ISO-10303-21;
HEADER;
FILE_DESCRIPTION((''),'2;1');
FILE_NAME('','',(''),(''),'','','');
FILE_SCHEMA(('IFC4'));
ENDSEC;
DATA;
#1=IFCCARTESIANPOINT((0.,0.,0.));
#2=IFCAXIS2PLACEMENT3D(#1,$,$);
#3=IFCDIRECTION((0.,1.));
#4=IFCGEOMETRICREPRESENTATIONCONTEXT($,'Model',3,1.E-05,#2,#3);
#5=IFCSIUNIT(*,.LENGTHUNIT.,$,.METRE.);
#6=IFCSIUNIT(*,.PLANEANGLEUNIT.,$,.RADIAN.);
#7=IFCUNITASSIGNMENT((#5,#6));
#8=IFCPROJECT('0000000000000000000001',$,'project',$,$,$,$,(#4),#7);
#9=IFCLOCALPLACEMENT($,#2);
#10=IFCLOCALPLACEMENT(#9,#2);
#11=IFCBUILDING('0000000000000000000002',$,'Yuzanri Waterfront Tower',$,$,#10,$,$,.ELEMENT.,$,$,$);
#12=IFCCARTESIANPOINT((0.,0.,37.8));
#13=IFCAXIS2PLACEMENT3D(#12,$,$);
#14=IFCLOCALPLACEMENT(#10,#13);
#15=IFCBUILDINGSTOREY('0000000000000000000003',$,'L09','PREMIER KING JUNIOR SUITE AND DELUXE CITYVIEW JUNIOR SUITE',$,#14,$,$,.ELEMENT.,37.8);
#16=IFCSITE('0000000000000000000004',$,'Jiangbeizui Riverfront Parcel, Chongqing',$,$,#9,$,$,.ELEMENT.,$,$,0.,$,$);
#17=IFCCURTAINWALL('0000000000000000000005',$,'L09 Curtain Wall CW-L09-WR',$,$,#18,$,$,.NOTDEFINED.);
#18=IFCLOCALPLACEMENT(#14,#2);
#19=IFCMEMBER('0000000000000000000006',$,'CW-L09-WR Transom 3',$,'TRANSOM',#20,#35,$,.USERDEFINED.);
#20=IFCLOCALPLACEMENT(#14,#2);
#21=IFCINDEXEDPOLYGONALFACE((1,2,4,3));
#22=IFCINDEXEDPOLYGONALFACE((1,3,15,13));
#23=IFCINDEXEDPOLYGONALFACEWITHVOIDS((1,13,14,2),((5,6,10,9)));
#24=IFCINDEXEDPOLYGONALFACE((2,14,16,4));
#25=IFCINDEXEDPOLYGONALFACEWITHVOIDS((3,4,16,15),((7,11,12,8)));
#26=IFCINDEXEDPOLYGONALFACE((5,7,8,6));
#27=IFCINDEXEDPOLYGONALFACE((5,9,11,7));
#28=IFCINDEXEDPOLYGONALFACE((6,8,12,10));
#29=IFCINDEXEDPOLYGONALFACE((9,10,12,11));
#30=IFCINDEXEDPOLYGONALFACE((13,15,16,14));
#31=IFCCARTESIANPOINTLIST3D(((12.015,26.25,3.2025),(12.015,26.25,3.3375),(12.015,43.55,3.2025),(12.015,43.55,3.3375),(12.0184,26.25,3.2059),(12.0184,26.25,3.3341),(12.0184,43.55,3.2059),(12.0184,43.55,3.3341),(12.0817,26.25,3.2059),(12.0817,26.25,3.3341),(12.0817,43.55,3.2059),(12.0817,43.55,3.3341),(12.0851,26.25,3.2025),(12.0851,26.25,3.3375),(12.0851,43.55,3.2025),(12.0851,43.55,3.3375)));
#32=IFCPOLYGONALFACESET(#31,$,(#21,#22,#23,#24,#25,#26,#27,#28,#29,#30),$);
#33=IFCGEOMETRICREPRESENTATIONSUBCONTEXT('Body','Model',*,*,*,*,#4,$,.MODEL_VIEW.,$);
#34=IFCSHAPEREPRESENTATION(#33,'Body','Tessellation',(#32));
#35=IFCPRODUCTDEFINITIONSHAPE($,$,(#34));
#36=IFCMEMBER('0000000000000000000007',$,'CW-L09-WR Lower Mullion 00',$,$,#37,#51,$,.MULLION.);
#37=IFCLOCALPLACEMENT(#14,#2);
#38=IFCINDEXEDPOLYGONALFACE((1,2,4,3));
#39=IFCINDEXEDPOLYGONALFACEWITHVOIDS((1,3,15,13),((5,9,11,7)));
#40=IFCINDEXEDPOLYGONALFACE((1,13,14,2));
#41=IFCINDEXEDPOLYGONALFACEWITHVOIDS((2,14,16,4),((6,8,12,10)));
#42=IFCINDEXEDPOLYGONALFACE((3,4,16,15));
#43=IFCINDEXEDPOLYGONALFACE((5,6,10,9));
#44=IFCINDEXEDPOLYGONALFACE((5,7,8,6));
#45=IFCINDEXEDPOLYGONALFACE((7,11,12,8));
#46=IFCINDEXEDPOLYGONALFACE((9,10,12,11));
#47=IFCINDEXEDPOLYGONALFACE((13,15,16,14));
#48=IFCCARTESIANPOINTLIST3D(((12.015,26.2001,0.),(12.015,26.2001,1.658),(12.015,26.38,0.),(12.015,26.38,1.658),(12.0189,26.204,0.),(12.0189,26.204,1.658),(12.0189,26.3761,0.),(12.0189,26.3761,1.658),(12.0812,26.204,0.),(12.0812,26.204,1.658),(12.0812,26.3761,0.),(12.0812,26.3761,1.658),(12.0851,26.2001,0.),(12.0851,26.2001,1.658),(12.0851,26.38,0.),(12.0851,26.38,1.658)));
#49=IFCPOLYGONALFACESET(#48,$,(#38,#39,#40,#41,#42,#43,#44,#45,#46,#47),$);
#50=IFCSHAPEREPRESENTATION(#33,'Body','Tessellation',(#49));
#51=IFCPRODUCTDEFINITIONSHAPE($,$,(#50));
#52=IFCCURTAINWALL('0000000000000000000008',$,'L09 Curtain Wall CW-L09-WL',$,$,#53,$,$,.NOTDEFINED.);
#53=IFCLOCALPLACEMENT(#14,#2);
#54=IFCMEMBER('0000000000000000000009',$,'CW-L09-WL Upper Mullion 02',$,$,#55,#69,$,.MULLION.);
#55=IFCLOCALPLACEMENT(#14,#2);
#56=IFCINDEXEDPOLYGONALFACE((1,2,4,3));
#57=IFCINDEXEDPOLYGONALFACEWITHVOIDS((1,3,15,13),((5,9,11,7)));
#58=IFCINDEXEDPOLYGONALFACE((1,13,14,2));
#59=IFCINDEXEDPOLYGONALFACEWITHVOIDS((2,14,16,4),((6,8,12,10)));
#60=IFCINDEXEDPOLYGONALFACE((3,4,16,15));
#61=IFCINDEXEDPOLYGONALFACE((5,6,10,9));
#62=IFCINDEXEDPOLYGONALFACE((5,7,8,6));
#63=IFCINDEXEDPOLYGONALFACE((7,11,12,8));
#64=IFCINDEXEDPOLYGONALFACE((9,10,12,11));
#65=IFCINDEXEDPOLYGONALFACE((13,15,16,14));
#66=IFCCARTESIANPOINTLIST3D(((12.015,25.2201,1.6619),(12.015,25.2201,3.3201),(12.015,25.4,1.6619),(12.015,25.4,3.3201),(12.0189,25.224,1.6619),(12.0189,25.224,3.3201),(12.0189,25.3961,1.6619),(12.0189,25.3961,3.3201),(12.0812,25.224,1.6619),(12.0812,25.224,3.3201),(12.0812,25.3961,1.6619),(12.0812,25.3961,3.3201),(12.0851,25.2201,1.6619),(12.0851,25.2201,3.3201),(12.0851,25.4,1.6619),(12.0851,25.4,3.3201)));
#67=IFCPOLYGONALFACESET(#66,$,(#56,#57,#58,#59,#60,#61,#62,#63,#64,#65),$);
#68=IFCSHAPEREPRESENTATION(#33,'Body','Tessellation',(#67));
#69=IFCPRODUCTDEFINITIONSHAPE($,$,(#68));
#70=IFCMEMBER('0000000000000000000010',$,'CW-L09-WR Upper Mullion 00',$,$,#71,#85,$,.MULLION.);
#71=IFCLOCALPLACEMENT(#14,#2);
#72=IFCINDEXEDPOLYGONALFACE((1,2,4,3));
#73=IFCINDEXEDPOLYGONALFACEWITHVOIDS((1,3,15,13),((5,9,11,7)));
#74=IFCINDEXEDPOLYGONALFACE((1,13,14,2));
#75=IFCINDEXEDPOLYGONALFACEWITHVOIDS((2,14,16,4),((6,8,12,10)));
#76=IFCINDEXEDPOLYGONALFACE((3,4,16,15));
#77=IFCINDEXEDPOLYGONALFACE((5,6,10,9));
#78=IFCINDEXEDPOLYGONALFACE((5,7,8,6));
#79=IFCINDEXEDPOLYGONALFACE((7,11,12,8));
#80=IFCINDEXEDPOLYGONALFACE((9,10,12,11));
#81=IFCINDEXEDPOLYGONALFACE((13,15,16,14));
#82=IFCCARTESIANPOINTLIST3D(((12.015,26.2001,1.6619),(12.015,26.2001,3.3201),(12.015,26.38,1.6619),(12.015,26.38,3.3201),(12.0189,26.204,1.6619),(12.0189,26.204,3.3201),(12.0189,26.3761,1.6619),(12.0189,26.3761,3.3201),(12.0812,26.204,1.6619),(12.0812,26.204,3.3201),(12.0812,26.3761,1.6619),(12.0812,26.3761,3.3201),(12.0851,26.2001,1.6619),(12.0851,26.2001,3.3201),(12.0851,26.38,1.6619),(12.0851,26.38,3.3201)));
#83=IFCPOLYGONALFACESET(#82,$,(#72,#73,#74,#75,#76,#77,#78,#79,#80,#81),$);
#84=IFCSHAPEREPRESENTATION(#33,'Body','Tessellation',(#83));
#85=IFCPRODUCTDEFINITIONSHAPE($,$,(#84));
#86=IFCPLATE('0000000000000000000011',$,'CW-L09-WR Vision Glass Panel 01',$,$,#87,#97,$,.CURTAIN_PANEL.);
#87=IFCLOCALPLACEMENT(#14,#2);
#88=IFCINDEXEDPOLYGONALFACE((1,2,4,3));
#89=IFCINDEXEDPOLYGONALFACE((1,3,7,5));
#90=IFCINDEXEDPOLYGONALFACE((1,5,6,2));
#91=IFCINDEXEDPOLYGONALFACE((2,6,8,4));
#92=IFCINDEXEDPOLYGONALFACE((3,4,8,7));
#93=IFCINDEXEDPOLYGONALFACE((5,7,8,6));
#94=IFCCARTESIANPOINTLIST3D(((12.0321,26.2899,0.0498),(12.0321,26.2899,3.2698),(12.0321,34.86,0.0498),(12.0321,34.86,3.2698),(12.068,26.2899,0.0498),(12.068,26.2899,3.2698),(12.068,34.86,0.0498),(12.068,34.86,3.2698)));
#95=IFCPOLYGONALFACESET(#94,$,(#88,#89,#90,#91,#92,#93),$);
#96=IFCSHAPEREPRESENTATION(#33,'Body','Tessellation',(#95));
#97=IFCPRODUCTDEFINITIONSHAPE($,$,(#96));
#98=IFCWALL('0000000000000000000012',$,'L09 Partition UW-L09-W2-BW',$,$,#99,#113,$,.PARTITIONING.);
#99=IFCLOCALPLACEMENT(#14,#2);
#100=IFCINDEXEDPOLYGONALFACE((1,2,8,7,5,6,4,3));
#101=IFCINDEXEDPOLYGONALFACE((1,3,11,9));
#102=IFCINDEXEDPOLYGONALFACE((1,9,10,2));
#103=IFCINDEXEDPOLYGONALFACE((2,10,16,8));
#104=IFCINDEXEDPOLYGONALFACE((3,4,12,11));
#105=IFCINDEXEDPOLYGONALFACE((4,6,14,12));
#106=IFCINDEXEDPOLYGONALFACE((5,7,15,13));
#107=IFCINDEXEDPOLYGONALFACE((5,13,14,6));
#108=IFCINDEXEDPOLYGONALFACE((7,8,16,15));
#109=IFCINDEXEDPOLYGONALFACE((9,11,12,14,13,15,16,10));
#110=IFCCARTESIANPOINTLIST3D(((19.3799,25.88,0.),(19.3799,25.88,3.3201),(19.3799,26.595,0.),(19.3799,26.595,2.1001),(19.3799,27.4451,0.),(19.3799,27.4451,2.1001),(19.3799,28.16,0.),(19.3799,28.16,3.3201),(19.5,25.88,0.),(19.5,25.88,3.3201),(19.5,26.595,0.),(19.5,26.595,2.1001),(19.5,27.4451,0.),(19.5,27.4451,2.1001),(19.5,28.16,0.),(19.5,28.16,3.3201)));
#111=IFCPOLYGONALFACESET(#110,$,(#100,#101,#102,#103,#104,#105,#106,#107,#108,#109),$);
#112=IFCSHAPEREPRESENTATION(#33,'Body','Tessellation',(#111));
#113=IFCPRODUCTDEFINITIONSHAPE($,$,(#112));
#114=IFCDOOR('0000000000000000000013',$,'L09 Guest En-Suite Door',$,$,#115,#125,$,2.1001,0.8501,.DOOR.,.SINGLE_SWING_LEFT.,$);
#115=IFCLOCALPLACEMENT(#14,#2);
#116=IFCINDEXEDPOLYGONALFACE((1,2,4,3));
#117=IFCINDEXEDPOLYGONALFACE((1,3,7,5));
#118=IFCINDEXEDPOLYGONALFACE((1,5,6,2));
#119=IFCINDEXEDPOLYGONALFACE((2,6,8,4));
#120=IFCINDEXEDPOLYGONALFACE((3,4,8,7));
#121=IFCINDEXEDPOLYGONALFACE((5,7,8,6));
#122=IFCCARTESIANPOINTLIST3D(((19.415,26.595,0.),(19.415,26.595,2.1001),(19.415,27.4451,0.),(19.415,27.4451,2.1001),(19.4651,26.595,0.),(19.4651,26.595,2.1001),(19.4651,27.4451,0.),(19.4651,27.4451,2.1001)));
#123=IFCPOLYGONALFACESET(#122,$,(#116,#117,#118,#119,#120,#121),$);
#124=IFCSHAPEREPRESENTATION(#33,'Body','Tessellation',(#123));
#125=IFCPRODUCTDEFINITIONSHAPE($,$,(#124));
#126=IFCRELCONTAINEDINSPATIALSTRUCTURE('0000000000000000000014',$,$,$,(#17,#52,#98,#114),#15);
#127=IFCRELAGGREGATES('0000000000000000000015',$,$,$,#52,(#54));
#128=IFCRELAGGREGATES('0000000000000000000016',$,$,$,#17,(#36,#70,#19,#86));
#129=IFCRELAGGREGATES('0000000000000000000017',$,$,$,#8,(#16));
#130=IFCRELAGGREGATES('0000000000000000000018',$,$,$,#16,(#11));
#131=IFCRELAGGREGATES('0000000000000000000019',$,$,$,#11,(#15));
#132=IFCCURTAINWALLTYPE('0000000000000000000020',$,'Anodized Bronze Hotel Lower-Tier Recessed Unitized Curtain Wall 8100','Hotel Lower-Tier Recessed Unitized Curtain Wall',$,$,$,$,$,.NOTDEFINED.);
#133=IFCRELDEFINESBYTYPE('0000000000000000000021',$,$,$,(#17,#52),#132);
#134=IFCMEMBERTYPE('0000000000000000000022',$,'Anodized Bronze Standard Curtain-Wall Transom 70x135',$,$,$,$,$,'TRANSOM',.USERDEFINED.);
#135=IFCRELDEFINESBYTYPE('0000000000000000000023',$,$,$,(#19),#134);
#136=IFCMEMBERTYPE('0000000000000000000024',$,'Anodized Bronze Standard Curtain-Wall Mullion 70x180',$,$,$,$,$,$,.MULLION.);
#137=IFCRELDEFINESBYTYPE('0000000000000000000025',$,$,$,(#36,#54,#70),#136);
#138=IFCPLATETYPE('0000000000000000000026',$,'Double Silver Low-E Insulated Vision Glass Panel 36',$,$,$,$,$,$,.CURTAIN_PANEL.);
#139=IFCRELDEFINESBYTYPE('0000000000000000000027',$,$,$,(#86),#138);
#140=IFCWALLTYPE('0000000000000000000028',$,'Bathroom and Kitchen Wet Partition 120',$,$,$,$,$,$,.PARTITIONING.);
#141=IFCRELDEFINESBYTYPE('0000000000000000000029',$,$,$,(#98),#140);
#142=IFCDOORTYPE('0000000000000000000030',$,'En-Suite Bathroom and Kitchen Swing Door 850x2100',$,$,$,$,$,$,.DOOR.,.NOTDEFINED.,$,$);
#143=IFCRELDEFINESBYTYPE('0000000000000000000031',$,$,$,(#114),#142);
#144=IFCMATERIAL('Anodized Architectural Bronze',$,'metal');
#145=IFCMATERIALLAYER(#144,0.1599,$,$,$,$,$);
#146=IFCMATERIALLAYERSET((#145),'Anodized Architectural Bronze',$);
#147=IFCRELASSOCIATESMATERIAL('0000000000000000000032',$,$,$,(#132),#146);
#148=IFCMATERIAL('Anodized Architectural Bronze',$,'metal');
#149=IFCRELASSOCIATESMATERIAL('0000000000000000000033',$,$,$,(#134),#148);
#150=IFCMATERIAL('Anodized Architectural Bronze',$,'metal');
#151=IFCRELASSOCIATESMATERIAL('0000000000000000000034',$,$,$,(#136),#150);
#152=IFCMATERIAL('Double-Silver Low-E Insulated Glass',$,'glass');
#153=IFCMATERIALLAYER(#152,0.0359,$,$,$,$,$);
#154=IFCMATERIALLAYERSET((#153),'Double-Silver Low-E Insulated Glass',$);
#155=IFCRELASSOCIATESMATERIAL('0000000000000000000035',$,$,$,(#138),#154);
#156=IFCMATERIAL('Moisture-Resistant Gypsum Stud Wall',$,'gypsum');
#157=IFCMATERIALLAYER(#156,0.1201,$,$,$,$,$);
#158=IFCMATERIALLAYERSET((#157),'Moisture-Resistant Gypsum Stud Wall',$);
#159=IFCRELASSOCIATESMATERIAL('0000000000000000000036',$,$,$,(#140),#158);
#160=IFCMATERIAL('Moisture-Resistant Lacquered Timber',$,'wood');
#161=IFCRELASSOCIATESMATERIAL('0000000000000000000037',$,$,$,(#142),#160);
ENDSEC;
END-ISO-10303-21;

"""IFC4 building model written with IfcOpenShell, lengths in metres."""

from ifc_helpers import new_model, si_unit, direction, frame, frame_2d, origin, origin_2d, place, context, subcontext, project, spatial, rectangle, hollow_rectangle, extrude, source, transform, mapped, material, layer, layer_set, material_profile, profile_set, type_object, element, fill, aggregate, save


model = new_model("IFC4")

# Units and contexts
model_context = context("Model", 3, precision=1e-05, world=origin(), true_north=direction((0.0, 1.0)))
body_context = subcontext(model_context, "Body", "Model", "MODEL_VIEW")
ifc_project = project(units=[si_unit("LENGTHUNIT", "METRE"), si_unit("PLANEANGLEUNIT", "RADIAN")], contexts=[model_context])

# Site, building, storey
site_placement = place(None, origin())
site = spatial("IfcSite", under=ifc_project, at=site_placement, Name="Jiangbeizui Riverfront Parcel, Chongqing", CompositionType="ELEMENT", RefElevation=0.0)
building_placement = place(site_placement, origin())
building = spatial("IfcBuilding", under=site, at=building_placement, Name="Yuzanri Waterfront Tower", CompositionType="ELEMENT")
storey_placement = place(building_placement, frame((0.0, 0.0, 37.8)))
storey = spatial("IfcBuildingStorey", under=building, at=storey_placement, Name="L09", Description="PREMIER KING JUNIOR SUITE AND DELUXE CITYVIEW JUNIOR SUITE", CompositionType="ELEMENT", Elevation=37.8)

# Curtain wall, members
ifc_material_1 = material(Name="Anodized Architectural Bronze", Category="metal")
ifc_layer_1 = layer(ifc_material_1, 0.1599)
ifc_layer_set_1 = layer_set([ifc_layer_1], Name="Anodized Architectural Bronze")
curtain_wall_type = type_object("IfcCurtainWallType", Name="Anodized Bronze Hotel Lower-Tier Recessed Unitized Curtain Wall 8100", Description="Hotel Lower-Tier Recessed Unitized Curtain Wall", PredefinedType="NOTDEFINED", material=ifc_layer_set_1)
curtain_wall_1_placement = place(storey_placement, origin())
curtain_wall_1 = element("IfcCurtainWall", 1, at=curtain_wall_1_placement, inside=storey, type_object=curtain_wall_type, Name="L09 Curtain Wall CW-L09-WR", PredefinedType="NOTDEFINED")
ifc_material_2 = material(Name="Anodized Architectural Bronze", Category="metal")
ifc_material_profile_1 = material_profile(ifc_material_2, hollow_rectangle(XDim=0.0701, YDim=0.135, WallThickness=0.0034, at=origin_2d()), Name="CWT 70x135")
ifc_profile_set_1 = profile_set([ifc_material_profile_1], Name="Anodized Architectural Bronze")
member_type_1 = type_object("IfcMemberType", Name="Anodized Bronze Standard Curtain-Wall Transom 70x135", ElementType="TRANSOM", PredefinedType="USERDEFINED", material=ifc_profile_set_1)
shared_shape_1 = source(origin(), body_context, "Body", "SweptSolid", [
    extrude(hollow_rectangle(XDim=0.0701, YDim=0.135, WallThickness=0.0034, at=origin_2d()), origin(), (0.0, 0.0, 1.0), 17.3),
])
member_1_placement = place(storey_placement, frame((12.05, 26.25, 3.27), z_axis=(0.0, 1.0, 0.0), x_axis=(-1.0, 0.0, 0.0)))
member_1 = element("IfcMember", 2, at=member_1_placement, type_object=member_type_1, Name="CW-L09-WR Transom 3", ObjectType="TRANSOM", PredefinedType="USERDEFINED", context=body_context, shape_type="MappedRepresentation", body=[
    mapped(shared_shape_1, transform((0.0, 0.0, 0.0), scale=1.0)),
])
ifc_material_3 = material(Name="Anodized Architectural Bronze", Category="metal")
ifc_material_profile_2 = material_profile(ifc_material_3, hollow_rectangle(XDim=0.0701, YDim=0.1799, WallThickness=0.0039, at=origin_2d()), Name="CWM 70x180")
ifc_profile_set_2 = profile_set([ifc_material_profile_2], Name="Anodized Architectural Bronze")
member_type_2 = type_object("IfcMemberType", Name="Anodized Bronze Standard Curtain-Wall Mullion 70x180", PredefinedType="MULLION", material=ifc_profile_set_2)
shared_shape_2 = source(origin(), body_context, "Body", "SweptSolid", [
    extrude(hollow_rectangle(XDim=0.0701, YDim=0.1799, WallThickness=0.0039, at=origin_2d()), origin(), (0.0, 0.0, 1.0), 1.658),
])
member_2_placement = place(storey_placement, frame((12.05, 26.29, 0.0), z_axis=(0.0, 0.0, 1.0), x_axis=(1.0, 0.0, 0.0)))
member_2 = element("IfcMember", 3, at=member_2_placement, type_object=member_type_2, Name="CW-L09-WR Lower Mullion 00", PredefinedType="MULLION", context=body_context, shape_type="MappedRepresentation", body=[
    mapped(shared_shape_2, transform((0.0, 0.0, 0.0), scale=1.0)),
])

# Curtain wall, member
curtain_wall_2_placement = place(storey_placement, origin())
curtain_wall_2 = element("IfcCurtainWall", 4, at=curtain_wall_2_placement, inside=storey, type_object=curtain_wall_type, Name="L09 Curtain Wall CW-L09-WL", PredefinedType="NOTDEFINED")
shared_shape_3 = source(origin(), body_context, "Body", "SweptSolid", [
    extrude(hollow_rectangle(XDim=0.0701, YDim=0.1799, WallThickness=0.0039, at=origin_2d()), origin(), (0.0, 0.0, 1.0), 1.6582),
])
member_3_placement = place(storey_placement, frame((12.05, 25.3101, 1.6619), z_axis=(0.0, 0.0, 1.0), x_axis=(1.0, 0.0, 0.0)))
member_3 = element("IfcMember", 5, at=member_3_placement, type_object=member_type_2, Name="CW-L09-WL Upper Mullion 02", PredefinedType="MULLION", context=body_context, shape_type="MappedRepresentation", body=[
    mapped(shared_shape_3, transform((0.0, 0.0, 0.0), scale=1.0)),
])
aggregate(curtain_wall_2, [member_3])

# Member
member_4_placement = place(storey_placement, frame((12.05, 26.29, 1.6619), z_axis=(0.0, 0.0, 1.0), x_axis=(1.0, 0.0, 0.0)))
member_4 = element("IfcMember", 6, at=member_4_placement, type_object=member_type_2, Name="CW-L09-WR Upper Mullion 00", PredefinedType="MULLION", context=body_context, shape_type="MappedRepresentation", body=[
    mapped(shared_shape_3, transform((0.0, 0.0, 0.0), scale=1.0)),
])

# Plate
ifc_material_4 = material(Name="Double-Silver Low-E Insulated Glass", Category="glass")
ifc_layer_2 = layer(ifc_material_4, 0.0359)
ifc_layer_set_2 = layer_set([ifc_layer_2], Name="Double-Silver Low-E Insulated Glass")
plate_type = type_object("IfcPlateType", Name="Double Silver Low-E Insulated Vision Glass Panel 36", PredefinedType="CURTAIN_PANEL", material=ifc_layer_set_2)
shared_shape_4 = source(origin(), body_context, "Body", "SweptSolid", [
    extrude(rectangle(XDim=8.5701, YDim=0.0359, at=origin_2d()), origin(), (0.0, 0.0, 1.0), 3.22),
])
plate_placement = place(storey_placement, frame((12.05, 30.575, 0.0498), z_axis=(0.0, 0.0, 1.0), x_axis=(0.0, 1.0, 0.0)))
plate = element("IfcPlate", 7, at=plate_placement, type_object=plate_type, Name="CW-L09-WR Vision Glass Panel 01", PredefinedType="CURTAIN_PANEL", context=body_context, shape_type="MappedRepresentation", body=[
    mapped(shared_shape_4, transform((0.0, 0.0, 0.0), scale=1.0)),
])
aggregate(curtain_wall_1, [member_2, member_4, member_1, plate])

# Wall, opening, door
ifc_material_5 = material(Name="Moisture-Resistant Gypsum Stud Wall", Category="gypsum")
ifc_layer_3 = layer(ifc_material_5, 0.1201)
ifc_layer_set_3 = layer_set([ifc_layer_3], Name="Moisture-Resistant Gypsum Stud Wall")
wall_type_1 = type_object("IfcWallType", Name="Bathroom and Kitchen Wet Partition 120", PredefinedType="PARTITIONING", material=ifc_layer_set_3)
wall_1_placement = place(storey_placement, frame((19.4399, 25.8799, 0.0), z_axis=(0.0, 0.0, 1.0), x_axis=(0.0, 1.0, 0.0)))
wall_1 = element("IfcWall", 8, at=wall_1_placement, inside=storey, type_object=wall_type_1, Name="L09 Partition UW-L09-W2-BW", PredefinedType="PARTITIONING", context=body_context, shape_type="SweptSolid", body=[
    extrude(rectangle(XDim=2.28, YDim=0.1201, at=frame_2d((1.1401, 0.0))), origin(), (0.0, 0.0, 1.0), 3.3201),
])
opening_1_placement = place(wall_1_placement, frame((0.7151, 0.0, 0.0)))
opening_1 = element("IfcOpeningElement", 9, at=opening_1_placement, cuts=wall_1, PredefinedType="OPENING", context=body_context, shape_type="SweptSolid", body=[
    extrude(rectangle(XDim=0.8501, YDim=2.1001, at=frame_2d((0.425, 1.05))), frame((0.0, 0.075, 0.0), z_axis=(0.0, -1.0, 0.0), x_axis=(1.0, 0.0, 0.0)), (0.0, 0.0, 1.0), 0.1499),
])
ifc_material_6 = material(Name="Moisture-Resistant Lacquered Timber", Category="wood")
door_type_1 = type_object("IfcDoorType", Name="En-Suite Bathroom and Kitchen Swing Door 850x2100", OperationType="NOTDEFINED", PredefinedType="DOOR", material=ifc_material_6)
shared_shape_5 = source(origin(), body_context, "Body", "SweptSolid", [
    extrude(rectangle(XDim=0.8501, YDim=2.1001, at=frame_2d((0.425, 1.05))), frame((0.0, 0.0249, 0.0), z_axis=(0.0, -1.0, 0.0), x_axis=(1.0, 0.0, 0.0)), (0.0, 0.0, 1.0), 0.05),
])
door_1_placement = place(opening_1_placement, origin())
door_1 = element("IfcDoor", 10, at=door_1_placement, inside=storey, type_object=door_type_1, Name="L09 Guest En-Suite Door", OperationType="SINGLE_SWING_LEFT", OverallHeight=2.1001, OverallWidth=0.8501, PredefinedType="DOOR", context=body_context, shape_type="MappedRepresentation", body=[
    mapped(shared_shape_5, transform((0.0, 0.0, 0.0), scale=1.0)),
])
fill(opening_1, door_1)

save(model, "model.ifc")
